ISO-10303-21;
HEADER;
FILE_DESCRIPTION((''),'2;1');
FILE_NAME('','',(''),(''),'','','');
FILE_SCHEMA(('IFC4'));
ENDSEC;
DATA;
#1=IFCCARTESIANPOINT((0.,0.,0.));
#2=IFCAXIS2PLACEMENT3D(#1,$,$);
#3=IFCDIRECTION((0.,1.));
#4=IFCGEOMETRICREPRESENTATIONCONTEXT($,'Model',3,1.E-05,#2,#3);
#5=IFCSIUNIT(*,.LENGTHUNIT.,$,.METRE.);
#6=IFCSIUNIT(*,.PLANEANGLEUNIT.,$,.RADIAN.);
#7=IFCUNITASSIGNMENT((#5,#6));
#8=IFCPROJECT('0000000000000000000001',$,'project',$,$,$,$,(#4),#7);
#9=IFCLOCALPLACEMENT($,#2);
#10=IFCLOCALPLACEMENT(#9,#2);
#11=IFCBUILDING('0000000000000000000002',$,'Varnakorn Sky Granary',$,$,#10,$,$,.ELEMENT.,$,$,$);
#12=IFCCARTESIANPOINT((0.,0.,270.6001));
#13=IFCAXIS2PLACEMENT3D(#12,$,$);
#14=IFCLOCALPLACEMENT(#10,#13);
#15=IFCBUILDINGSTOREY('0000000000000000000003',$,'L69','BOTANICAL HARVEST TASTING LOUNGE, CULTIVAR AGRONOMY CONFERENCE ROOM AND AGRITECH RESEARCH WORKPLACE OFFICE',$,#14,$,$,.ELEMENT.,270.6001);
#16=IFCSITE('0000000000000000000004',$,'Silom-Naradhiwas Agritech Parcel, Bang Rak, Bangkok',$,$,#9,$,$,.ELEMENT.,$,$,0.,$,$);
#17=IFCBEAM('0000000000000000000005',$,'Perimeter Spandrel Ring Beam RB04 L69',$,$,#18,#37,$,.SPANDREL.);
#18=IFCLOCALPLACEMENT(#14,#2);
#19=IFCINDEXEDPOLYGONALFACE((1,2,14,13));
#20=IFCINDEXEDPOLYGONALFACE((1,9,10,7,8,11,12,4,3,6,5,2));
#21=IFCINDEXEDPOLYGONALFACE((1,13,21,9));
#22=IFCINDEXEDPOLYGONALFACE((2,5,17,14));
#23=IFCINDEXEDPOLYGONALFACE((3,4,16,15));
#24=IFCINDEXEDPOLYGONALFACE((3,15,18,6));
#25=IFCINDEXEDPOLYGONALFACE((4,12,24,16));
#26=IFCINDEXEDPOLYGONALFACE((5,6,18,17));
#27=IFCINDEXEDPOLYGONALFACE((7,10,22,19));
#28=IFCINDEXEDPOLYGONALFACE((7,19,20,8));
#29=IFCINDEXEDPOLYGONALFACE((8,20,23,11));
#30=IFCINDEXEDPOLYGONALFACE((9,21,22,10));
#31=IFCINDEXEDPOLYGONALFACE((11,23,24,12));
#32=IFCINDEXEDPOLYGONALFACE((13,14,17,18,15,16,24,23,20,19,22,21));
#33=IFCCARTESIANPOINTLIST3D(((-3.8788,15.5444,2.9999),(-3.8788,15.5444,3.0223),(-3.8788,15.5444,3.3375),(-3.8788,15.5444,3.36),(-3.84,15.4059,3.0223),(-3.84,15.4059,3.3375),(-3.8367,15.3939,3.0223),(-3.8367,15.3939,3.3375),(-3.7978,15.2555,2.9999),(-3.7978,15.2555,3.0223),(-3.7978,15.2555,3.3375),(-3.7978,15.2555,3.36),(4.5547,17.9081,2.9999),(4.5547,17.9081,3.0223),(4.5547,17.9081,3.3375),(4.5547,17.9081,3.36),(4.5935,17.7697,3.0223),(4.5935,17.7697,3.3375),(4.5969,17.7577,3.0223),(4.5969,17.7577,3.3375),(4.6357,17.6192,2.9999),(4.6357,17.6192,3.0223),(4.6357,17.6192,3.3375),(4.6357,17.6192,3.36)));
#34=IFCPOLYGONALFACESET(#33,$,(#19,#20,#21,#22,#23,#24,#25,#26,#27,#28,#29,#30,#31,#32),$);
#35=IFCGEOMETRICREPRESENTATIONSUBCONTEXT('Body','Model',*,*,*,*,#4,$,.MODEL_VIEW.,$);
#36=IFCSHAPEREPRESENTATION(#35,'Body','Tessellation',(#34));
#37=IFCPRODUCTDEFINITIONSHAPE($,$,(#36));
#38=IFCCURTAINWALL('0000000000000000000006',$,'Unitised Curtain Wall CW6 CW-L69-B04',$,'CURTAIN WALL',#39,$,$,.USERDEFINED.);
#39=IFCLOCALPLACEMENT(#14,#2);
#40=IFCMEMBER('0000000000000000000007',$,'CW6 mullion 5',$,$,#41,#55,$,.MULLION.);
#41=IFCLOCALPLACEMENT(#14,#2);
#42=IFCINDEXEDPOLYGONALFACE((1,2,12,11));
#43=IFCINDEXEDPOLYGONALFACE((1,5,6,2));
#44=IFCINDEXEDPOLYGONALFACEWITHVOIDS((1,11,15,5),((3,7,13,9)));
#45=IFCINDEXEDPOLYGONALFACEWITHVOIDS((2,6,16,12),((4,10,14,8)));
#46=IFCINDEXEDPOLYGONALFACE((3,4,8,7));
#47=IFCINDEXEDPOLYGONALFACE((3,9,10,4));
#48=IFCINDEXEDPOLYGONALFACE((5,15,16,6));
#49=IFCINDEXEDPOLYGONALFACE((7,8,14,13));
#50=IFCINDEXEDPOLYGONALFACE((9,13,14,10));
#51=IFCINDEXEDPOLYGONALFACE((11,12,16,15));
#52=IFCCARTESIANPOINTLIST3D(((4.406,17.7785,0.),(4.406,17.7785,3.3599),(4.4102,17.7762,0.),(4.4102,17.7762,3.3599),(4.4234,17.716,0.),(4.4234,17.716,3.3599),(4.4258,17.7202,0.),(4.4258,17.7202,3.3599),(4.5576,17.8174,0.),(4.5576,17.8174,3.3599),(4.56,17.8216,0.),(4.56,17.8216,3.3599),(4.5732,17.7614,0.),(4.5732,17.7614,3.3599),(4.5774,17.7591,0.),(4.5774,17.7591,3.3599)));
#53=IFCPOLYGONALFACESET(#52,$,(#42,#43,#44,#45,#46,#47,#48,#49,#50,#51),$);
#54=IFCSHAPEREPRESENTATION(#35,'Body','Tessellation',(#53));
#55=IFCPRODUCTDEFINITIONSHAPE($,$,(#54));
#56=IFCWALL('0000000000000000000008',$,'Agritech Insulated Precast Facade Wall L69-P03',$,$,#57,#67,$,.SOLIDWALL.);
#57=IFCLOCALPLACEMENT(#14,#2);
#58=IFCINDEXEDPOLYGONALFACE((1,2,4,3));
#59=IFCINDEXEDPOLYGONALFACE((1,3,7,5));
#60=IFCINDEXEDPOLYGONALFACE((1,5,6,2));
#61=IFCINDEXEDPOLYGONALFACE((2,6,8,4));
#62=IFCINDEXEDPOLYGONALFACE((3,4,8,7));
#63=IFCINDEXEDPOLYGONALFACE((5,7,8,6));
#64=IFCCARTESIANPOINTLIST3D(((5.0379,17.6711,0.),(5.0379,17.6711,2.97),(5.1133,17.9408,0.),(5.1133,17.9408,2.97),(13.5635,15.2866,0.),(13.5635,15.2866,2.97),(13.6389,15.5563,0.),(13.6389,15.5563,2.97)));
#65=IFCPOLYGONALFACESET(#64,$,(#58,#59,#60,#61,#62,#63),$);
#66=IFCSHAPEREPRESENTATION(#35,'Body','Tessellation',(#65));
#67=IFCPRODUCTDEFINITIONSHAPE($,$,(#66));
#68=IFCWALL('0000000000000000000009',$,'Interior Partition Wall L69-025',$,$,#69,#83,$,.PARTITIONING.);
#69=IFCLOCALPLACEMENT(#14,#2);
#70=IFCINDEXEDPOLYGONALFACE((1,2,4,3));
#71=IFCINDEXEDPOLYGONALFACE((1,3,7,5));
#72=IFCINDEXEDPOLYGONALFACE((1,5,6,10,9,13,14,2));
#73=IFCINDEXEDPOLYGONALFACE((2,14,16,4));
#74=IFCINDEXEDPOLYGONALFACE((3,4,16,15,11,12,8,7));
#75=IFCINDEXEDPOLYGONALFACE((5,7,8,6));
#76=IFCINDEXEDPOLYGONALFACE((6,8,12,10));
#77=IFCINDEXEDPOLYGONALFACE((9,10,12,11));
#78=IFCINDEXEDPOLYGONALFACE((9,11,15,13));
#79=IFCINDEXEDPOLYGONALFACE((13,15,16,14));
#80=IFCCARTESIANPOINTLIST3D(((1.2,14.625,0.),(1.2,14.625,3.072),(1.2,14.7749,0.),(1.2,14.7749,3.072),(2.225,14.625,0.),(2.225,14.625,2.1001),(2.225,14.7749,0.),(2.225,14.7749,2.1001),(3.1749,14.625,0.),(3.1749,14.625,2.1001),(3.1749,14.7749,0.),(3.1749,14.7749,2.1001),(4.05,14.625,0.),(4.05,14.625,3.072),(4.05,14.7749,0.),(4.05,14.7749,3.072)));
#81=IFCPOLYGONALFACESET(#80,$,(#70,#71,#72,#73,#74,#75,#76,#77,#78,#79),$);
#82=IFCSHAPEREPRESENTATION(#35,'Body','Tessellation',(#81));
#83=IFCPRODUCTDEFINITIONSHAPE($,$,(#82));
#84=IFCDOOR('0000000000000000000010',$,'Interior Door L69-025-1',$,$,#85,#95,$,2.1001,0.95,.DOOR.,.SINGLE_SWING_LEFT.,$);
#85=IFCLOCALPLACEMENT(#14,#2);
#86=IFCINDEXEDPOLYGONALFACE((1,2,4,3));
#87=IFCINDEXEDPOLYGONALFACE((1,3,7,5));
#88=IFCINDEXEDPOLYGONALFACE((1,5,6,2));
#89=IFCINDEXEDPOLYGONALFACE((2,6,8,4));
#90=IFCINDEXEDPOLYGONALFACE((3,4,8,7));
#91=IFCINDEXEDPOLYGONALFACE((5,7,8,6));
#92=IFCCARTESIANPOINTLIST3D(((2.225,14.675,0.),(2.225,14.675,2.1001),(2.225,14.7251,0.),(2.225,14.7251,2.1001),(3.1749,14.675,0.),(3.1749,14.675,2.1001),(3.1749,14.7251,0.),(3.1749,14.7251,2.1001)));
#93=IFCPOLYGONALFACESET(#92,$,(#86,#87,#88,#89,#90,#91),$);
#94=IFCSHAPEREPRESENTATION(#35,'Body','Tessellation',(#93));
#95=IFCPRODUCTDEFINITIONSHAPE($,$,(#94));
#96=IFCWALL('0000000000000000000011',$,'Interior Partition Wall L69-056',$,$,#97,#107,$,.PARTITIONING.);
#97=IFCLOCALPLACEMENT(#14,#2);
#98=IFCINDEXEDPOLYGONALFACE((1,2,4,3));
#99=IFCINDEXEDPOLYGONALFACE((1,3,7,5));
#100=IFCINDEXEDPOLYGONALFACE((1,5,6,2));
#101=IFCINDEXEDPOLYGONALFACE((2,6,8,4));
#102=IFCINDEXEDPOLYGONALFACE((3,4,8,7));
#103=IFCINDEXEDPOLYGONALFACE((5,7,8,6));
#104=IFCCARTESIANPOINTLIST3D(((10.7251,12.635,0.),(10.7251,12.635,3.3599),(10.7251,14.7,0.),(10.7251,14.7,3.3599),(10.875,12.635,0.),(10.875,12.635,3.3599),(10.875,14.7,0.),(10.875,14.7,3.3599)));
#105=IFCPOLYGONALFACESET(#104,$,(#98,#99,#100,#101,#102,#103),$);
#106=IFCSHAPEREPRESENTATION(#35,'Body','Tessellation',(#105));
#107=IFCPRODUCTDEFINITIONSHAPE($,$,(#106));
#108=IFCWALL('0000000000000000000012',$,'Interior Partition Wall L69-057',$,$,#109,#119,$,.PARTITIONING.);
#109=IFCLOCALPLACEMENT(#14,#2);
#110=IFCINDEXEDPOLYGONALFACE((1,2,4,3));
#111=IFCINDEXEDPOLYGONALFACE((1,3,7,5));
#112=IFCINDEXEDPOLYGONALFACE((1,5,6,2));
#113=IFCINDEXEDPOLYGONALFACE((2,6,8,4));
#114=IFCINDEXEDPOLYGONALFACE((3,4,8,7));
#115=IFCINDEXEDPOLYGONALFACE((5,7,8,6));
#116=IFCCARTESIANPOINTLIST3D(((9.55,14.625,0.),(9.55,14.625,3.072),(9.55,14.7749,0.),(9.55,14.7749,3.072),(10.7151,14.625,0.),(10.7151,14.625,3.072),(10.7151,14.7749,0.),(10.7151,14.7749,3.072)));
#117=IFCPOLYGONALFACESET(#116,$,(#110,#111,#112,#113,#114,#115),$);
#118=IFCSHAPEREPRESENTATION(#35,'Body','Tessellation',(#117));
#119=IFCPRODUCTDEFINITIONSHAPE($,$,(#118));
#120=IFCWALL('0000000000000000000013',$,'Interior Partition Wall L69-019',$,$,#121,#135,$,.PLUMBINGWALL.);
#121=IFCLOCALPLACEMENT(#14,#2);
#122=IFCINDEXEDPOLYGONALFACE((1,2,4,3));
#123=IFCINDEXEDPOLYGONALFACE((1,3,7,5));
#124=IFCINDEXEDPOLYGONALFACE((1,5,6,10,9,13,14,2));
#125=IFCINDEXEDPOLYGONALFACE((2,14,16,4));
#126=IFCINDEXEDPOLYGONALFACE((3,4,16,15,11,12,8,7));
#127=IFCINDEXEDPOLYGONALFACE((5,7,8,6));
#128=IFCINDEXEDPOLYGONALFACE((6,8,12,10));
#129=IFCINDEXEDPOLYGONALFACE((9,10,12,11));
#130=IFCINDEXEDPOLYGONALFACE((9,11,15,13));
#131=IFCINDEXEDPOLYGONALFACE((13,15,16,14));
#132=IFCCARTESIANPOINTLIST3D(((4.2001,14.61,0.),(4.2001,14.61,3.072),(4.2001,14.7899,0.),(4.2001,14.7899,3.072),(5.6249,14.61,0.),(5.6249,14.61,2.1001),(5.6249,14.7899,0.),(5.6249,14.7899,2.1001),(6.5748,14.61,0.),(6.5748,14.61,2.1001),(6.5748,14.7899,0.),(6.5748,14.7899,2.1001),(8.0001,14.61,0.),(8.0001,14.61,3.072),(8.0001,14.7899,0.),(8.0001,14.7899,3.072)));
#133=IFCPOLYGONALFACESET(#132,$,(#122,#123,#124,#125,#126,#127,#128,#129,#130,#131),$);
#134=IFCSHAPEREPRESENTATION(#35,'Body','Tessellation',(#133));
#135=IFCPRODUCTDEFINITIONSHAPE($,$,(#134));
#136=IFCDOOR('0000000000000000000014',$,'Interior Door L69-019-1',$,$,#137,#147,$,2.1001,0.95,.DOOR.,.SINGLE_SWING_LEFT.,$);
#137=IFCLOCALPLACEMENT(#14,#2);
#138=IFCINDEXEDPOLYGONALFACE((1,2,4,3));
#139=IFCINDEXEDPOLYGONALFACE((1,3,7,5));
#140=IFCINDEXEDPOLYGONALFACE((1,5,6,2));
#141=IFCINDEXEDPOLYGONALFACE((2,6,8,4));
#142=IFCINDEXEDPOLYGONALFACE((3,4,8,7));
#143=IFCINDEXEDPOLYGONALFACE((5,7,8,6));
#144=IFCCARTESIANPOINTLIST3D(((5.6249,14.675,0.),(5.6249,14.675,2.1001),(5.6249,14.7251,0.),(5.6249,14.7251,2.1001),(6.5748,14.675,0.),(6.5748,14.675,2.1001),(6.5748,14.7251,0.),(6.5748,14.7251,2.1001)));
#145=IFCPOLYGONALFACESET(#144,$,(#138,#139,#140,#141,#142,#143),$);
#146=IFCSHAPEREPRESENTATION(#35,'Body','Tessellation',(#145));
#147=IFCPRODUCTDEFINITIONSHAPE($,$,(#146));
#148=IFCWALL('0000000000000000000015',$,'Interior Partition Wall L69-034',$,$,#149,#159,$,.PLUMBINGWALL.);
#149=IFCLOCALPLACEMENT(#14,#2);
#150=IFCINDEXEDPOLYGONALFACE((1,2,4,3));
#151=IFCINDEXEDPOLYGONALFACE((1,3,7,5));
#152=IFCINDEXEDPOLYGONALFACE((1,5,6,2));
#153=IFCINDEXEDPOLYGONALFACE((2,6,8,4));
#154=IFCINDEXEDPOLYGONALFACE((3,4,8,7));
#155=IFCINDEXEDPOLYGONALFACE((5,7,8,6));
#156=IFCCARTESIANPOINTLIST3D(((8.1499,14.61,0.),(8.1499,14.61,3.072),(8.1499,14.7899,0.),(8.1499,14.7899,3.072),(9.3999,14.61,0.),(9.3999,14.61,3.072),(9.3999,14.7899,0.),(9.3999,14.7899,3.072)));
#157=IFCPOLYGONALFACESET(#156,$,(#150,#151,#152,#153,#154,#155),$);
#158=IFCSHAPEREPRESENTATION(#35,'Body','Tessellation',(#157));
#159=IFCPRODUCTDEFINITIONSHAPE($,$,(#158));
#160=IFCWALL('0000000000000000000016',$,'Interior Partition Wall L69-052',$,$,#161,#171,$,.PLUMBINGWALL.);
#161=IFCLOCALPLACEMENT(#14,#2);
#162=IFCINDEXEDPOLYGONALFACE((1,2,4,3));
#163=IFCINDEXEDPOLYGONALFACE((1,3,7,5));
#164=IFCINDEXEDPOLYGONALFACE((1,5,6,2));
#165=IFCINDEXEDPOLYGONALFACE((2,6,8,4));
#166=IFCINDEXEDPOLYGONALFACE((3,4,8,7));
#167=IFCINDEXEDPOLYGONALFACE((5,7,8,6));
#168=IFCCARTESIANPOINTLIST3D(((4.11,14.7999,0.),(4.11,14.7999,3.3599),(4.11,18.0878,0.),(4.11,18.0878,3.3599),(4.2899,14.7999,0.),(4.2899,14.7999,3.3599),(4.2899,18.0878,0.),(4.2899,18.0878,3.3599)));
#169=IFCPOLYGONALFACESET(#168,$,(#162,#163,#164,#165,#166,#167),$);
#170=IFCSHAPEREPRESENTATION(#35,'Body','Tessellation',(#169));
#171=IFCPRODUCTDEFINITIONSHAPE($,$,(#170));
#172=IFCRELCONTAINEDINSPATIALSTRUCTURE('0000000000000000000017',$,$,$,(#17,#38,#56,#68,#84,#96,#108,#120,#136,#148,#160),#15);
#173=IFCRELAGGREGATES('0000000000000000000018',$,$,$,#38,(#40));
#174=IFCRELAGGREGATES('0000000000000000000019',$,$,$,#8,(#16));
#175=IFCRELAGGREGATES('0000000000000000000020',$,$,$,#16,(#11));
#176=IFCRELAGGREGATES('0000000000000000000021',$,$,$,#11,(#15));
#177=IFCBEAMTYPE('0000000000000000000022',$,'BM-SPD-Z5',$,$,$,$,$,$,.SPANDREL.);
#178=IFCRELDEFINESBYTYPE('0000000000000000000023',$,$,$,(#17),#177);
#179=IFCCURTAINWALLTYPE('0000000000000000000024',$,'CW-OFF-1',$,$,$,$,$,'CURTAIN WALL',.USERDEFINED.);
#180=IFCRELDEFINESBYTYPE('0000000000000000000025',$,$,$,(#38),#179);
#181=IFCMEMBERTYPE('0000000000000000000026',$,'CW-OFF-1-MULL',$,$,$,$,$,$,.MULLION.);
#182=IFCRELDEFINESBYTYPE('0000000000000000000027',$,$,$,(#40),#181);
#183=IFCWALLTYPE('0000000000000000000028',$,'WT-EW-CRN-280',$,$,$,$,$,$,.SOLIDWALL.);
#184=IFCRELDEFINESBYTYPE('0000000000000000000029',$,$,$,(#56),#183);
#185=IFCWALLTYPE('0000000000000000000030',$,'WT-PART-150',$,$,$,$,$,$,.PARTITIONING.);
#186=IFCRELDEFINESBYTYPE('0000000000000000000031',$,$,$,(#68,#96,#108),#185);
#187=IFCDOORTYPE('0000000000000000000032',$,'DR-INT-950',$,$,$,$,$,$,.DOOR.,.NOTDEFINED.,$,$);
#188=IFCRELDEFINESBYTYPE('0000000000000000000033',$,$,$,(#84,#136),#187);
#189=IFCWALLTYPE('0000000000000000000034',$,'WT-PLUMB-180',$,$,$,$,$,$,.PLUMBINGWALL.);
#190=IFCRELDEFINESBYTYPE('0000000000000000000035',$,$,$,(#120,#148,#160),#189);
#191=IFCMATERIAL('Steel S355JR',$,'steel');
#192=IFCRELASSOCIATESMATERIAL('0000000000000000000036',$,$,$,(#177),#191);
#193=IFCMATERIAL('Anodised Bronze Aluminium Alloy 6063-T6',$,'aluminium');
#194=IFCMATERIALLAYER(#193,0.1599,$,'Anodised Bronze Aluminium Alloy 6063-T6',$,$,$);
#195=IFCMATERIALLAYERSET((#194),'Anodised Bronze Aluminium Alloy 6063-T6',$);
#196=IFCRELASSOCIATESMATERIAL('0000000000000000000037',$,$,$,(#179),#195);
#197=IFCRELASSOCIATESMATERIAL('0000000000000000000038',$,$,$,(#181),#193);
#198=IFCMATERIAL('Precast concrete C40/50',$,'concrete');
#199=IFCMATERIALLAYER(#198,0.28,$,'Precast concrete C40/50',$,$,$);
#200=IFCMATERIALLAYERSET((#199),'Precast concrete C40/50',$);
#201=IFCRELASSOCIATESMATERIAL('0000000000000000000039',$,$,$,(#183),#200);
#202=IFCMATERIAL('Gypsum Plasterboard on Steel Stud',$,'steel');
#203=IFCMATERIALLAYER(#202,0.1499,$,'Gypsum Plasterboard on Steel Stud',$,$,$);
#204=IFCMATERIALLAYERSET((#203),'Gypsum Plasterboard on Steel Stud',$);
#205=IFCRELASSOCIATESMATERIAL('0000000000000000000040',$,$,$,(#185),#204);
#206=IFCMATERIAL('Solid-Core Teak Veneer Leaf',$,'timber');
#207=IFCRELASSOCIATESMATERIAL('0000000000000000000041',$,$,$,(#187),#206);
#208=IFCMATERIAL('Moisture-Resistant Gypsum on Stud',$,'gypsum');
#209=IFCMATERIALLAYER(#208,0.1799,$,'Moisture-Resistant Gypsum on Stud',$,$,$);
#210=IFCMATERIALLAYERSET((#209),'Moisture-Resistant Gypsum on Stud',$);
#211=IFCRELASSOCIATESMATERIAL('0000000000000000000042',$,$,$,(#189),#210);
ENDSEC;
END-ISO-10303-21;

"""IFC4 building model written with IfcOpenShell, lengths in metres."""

from ifc_helpers import new_model, si_unit, direction, frame, frame_2d, origin, origin_2d, place, context, subcontext, project, spatial, rectangle, hollow_rectangle, i_section, extrude, material, layer, layer_set, material_profile, profile_set, type_object, element, fill, aggregate, save


model = new_model("IFC4")

# Units and contexts
model_context = context("Model", 3, precision=1e-05, world=origin(), true_north=direction((0.0, 1.0)))
body_context = subcontext(model_context, "Body", "Model", "MODEL_VIEW")
ifc_project = project(units=[si_unit("LENGTHUNIT", "METRE"), si_unit("PLANEANGLEUNIT", "RADIAN")], contexts=[model_context])

# Site, building, storey
site_placement = place(None, origin())
site = spatial("IfcSite", under=ifc_project, at=site_placement, Name="Silom-Naradhiwas Agritech Parcel, Bang Rak, Bangkok", CompositionType="ELEMENT", RefElevation=0.0)
building_placement = place(site_placement, origin())
building = spatial("IfcBuilding", under=site, at=building_placement, Name="Varnakorn Sky Granary", CompositionType="ELEMENT")
storey_placement = place(building_placement, frame((0.0, 0.0, 270.6001)))
storey = spatial("IfcBuildingStorey", under=building, at=storey_placement, Name="L69", Description="BOTANICAL HARVEST TASTING LOUNGE, CULTIVAR AGRONOMY CONFERENCE ROOM AND AGRITECH RESEARCH WORKPLACE OFFICE", CompositionType="ELEMENT", Elevation=270.6001)

# Beam
ifc_material_1 = material(Name="Steel S355JR", Category="steel")
ifc_material_profile_1 = material_profile(ifc_material_1, i_section(OverallWidth=0.3, OverallDepth=0.3601, WebThickness=0.0125, FlangeThickness=0.0225, at=origin_2d()), Name="HE 360 B")
ifc_profile_set_1 = profile_set([ifc_material_profile_1], Name="Steel S355JR")
beam_type_1 = type_object("IfcBeamType", Name="BM-SPD-Z5", PredefinedType="SPANDREL", material=ifc_profile_set_1)
for number, where, z_axis, x_axis, name in (
    (1, (4.5952, 17.7637, 3.1799), (-0.962894, -0.26988, 0.0), (0.26988, -0.962894, 0.0), "Perimeter Spandrel Ring Beam RB04 L69"),
):
    element("IfcBeam", number, at=place(storey_placement, frame(where, z_axis=z_axis, x_axis=x_axis)), inside=storey, type_object=beam_type_1, Name=name, PredefinedType="SPANDREL", context=body_context, shape_type="SweptSolid", body=[
        extrude(i_section(OverallWidth=0.3, OverallDepth=0.3601, WebThickness=0.0125, FlangeThickness=0.0225, at=origin_2d()), origin(), (0.0, 0.0, 1.0), 8.7585),
    ])

# Curtain wall, member
ifc_material_2 = material(Name="Anodised Bronze Aluminium Alloy 6063-T6", Category="aluminium")
ifc_layer_1 = layer(ifc_material_2, 0.1599, Name="Anodised Bronze Aluminium Alloy 6063-T6")
ifc_layer_set_1 = layer_set([ifc_layer_1], Name="Anodised Bronze Aluminium Alloy 6063-T6")
curtain_wall_type = type_object("IfcCurtainWallType", Name="CW-OFF-1", ElementType="CURTAIN WALL", PredefinedType="USERDEFINED", material=ifc_layer_set_1)
curtain_wall_placement = place(storey_placement, origin())
curtain_wall = element("IfcCurtainWall", 2, at=curtain_wall_placement, inside=storey, type_object=curtain_wall_type, Name="Unitised Curtain Wall CW6 CW-L69-B04", ObjectType="CURTAIN WALL", PredefinedType="USERDEFINED")
ifc_material_profile_2 = material_profile(ifc_material_2, hollow_rectangle(XDim=0.0649, YDim=0.1599, WallThickness=0.0034, at=origin_2d()), Name="ALU MULL 65x160")
ifc_profile_set_2 = profile_set([ifc_material_profile_2], Name="Anodised Bronze Aluminium Alloy 6063-T6")
member_type = type_object("IfcMemberType", Name="CW-OFF-1-MULL", PredefinedType="MULLION", material=ifc_profile_set_2)
member_placement = place(storey_placement, frame((4.4917, 17.7688, 0.0), z_axis=(0.0, 0.0, 1.0), x_axis=(-0.269379, 0.963034, 0.0)))
member = element("IfcMember", 3, at=member_placement, type_object=member_type, Name="CW6 mullion 5", PredefinedType="MULLION", context=body_context, shape_type="SweptSolid", body=[
    extrude(hollow_rectangle(XDim=0.0649, YDim=0.1599, WallThickness=0.0034, at=origin_2d()), origin(), (0.0, 0.0, 1.0), 3.3599),
])
aggregate(curtain_wall, [member])

# Wall
ifc_material_3 = material(Name="Precast concrete C40/50", Category="concrete")
ifc_layer_2 = layer(ifc_material_3, 0.28, Name="Precast concrete C40/50")
ifc_layer_set_2 = layer_set([ifc_layer_2], Name="Precast concrete C40/50")
wall_type_1 = type_object("IfcWallType", Name="WT-EW-CRN-280", PredefinedType="SOLIDWALL", material=ifc_layer_set_2)
wall_1_placement = place(storey_placement, frame((5.0757, 17.8059, 0.0), z_axis=(0.0, 0.0, 1.0), x_axis=(0.963042, -0.269352, 0.0)))
element("IfcWall", 4, at=wall_1_placement, inside=storey, type_object=wall_type_1, Name="Agritech Insulated Precast Facade Wall L69-P03", PredefinedType="SOLIDWALL", context=body_context, shape_type="SweptSolid", body=[
    extrude(rectangle(XDim=8.8528, YDim=0.28, at=frame_2d((4.4263, 0.0))), origin(), (0.0, 0.0, 1.0), 2.97),
])

# Wall, opening, door
ifc_material_4 = material(Name="Gypsum Plasterboard on Steel Stud", Category="steel")
ifc_layer_3 = layer(ifc_material_4, 0.1499, Name="Gypsum Plasterboard on Steel Stud")
ifc_layer_set_3 = layer_set([ifc_layer_3], Name="Gypsum Plasterboard on Steel Stud")
wall_type_2 = type_object("IfcWallType", Name="WT-PART-150", PredefinedType="PARTITIONING", material=ifc_layer_set_3)
wall_2_placement = place(storey_placement, frame((4.05, 14.7, 0.0), z_axis=(0.0, 0.0, 1.0), x_axis=(-1.0, 0.0, 0.0)))
wall_2 = element("IfcWall", 5, at=wall_2_placement, inside=storey, type_object=wall_type_2, Name="Interior Partition Wall L69-025", PredefinedType="PARTITIONING", context=body_context, shape_type="SweptSolid", body=[
    extrude(rectangle(XDim=2.8501, YDim=0.1499, at=frame_2d((1.425, 0.0))), origin(), (0.0, 0.0, 1.0), 3.072),
])
opening_1_placement = place(wall_2_placement, frame((0.875, 0.0, 0.0)))
opening_1 = element("IfcOpeningElement", 6, at=opening_1_placement, cuts=wall_2, PredefinedType="OPENING", context=body_context, shape_type="SweptSolid", body=[
    extrude(rectangle(XDim=0.95, YDim=2.1001, at=frame_2d((0.4751, 1.05))), frame((0.0, 0.085, 0.0), z_axis=(0.0, -1.0, 0.0), x_axis=(1.0, 0.0, 0.0)), (0.0, 0.0, 1.0), 0.1699),
])
ifc_material_5 = material(Name="Solid-Core Teak Veneer Leaf", Category="timber")
door_type = type_object("IfcDoorType", Name="DR-INT-950", OperationType="NOTDEFINED", PredefinedType="DOOR", material=ifc_material_5)
door_1_placement = place(opening_1_placement, origin())
door_1 = element("IfcDoor", 7, at=door_1_placement, inside=storey, type_object=door_type, Name="Interior Door L69-025-1", OperationType="SINGLE_SWING_LEFT", OverallHeight=2.1001, OverallWidth=0.95, PredefinedType="DOOR", context=body_context, shape_type="SweptSolid", body=[
    extrude(rectangle(XDim=0.95, YDim=2.1001, at=frame_2d((0.4751, 1.05))), frame((0.0, 0.0249, 0.0), z_axis=(0.0, -1.0, 0.0), x_axis=(1.0, 0.0, 0.0)), (0.0, 0.0, 1.0), 0.05),
])
fill(opening_1, door_1)

# Walls
wall_3_placement = place(storey_placement, frame((10.8, 12.635, 0.0), z_axis=(0.0, 0.0, 1.0), x_axis=(0.0, 1.0, 0.0)))
element("IfcWall", 8, at=wall_3_placement, inside=storey, type_object=wall_type_2, Name="Interior Partition Wall L69-056", PredefinedType="PARTITIONING", context=body_context, shape_type="SweptSolid", body=[
    extrude(rectangle(XDim=2.0649, YDim=0.1499, at=frame_2d((1.0325, 0.0))), origin(), (0.0, 0.0, 1.0), 3.3599),
])
wall_4_placement = place(storey_placement, frame((10.7151, 14.7, 0.0), z_axis=(0.0, 0.0, 1.0), x_axis=(-1.0, 0.0, 0.0)))
element("IfcWall", 9, at=wall_4_placement, inside=storey, type_object=wall_type_2, Name="Interior Partition Wall L69-057", PredefinedType="PARTITIONING", context=body_context, shape_type="SweptSolid", body=[
    extrude(rectangle(XDim=1.165, YDim=0.1499, at=frame_2d((0.5825, 0.0))), origin(), (0.0, 0.0, 1.0), 3.072),
])

# Wall, opening, door
ifc_material_6 = material(Name="Moisture-Resistant Gypsum on Stud", Category="gypsum")
ifc_layer_4 = layer(ifc_material_6, 0.1799, Name="Moisture-Resistant Gypsum on Stud")
ifc_layer_set_4 = layer_set([ifc_layer_4], Name="Moisture-Resistant Gypsum on Stud")
wall_type_3 = type_object("IfcWallType", Name="WT-PLUMB-180", PredefinedType="PLUMBINGWALL", material=ifc_layer_set_4)
wall_5_placement = place(storey_placement, frame((8.0, 14.7, 0.0), z_axis=(0.0, 0.0, 1.0), x_axis=(-1.0, 0.0, 0.0)))
wall_5 = element("IfcWall", 10, at=wall_5_placement, inside=storey, type_object=wall_type_3, Name="Interior Partition Wall L69-019", PredefinedType="PLUMBINGWALL", context=body_context, shape_type="SweptSolid", body=[
    extrude(rectangle(XDim=3.8, YDim=0.1799, at=frame_2d((1.8999, 0.0))), origin(), (0.0, 0.0, 1.0), 3.072),
])
opening_2_placement = place(wall_5_placement, frame((1.425, 0.0, 0.0)))
opening_2 = element("IfcOpeningElement", 11, at=opening_2_placement, cuts=wall_5, PredefinedType="OPENING", context=body_context, shape_type="SweptSolid", body=[
    extrude(rectangle(XDim=0.95, YDim=2.1001, at=frame_2d((0.4751, 1.05))), frame((0.0, 0.1001, 0.0), z_axis=(0.0, -1.0, 0.0), x_axis=(1.0, 0.0, 0.0)), (0.0, 0.0, 1.0), 0.2),
])
door_2_placement = place(opening_2_placement, origin())
door_2 = element("IfcDoor", 12, at=door_2_placement, inside=storey, type_object=door_type, Name="Interior Door L69-019-1", OperationType="SINGLE_SWING_LEFT", OverallHeight=2.1001, OverallWidth=0.95, PredefinedType="DOOR", context=body_context, shape_type="SweptSolid", body=[
    extrude(rectangle(XDim=0.95, YDim=2.1001, at=frame_2d((0.4751, 1.05))), frame((0.0, 0.0249, 0.0), z_axis=(0.0, -1.0, 0.0), x_axis=(1.0, 0.0, 0.0)), (0.0, 0.0, 1.0), 0.05),
])
fill(opening_2, door_2)

# Walls
wall_6_placement = place(storey_placement, frame((9.3999, 14.7, 0.0), z_axis=(0.0, 0.0, 1.0), x_axis=(-1.0, 0.0, 0.0)))
element("IfcWall", 13, at=wall_6_placement, inside=storey, type_object=wall_type_3, Name="Interior Partition Wall L69-034", PredefinedType="PLUMBINGWALL", context=body_context, shape_type="SweptSolid", body=[
    extrude(rectangle(XDim=1.25, YDim=0.1799, at=frame_2d((0.625, 0.0))), origin(), (0.0, 0.0, 1.0), 3.072),
])
wall_7_placement = place(storey_placement, frame((4.2, 18.0879, 0.0), z_axis=(0.0, 0.0, 1.0), x_axis=(0.0, -1.0, 0.0)))
element("IfcWall", 14, at=wall_7_placement, inside=storey, type_object=wall_type_3, Name="Interior Partition Wall L69-052", PredefinedType="PLUMBINGWALL", context=body_context, shape_type="SweptSolid", body=[
    extrude(rectangle(XDim=3.2878, YDim=0.1799, at=frame_2d((1.644, 0.0))), origin(), (0.0, 0.0, 1.0), 3.3599),
])

save(model, "model.ifc")
